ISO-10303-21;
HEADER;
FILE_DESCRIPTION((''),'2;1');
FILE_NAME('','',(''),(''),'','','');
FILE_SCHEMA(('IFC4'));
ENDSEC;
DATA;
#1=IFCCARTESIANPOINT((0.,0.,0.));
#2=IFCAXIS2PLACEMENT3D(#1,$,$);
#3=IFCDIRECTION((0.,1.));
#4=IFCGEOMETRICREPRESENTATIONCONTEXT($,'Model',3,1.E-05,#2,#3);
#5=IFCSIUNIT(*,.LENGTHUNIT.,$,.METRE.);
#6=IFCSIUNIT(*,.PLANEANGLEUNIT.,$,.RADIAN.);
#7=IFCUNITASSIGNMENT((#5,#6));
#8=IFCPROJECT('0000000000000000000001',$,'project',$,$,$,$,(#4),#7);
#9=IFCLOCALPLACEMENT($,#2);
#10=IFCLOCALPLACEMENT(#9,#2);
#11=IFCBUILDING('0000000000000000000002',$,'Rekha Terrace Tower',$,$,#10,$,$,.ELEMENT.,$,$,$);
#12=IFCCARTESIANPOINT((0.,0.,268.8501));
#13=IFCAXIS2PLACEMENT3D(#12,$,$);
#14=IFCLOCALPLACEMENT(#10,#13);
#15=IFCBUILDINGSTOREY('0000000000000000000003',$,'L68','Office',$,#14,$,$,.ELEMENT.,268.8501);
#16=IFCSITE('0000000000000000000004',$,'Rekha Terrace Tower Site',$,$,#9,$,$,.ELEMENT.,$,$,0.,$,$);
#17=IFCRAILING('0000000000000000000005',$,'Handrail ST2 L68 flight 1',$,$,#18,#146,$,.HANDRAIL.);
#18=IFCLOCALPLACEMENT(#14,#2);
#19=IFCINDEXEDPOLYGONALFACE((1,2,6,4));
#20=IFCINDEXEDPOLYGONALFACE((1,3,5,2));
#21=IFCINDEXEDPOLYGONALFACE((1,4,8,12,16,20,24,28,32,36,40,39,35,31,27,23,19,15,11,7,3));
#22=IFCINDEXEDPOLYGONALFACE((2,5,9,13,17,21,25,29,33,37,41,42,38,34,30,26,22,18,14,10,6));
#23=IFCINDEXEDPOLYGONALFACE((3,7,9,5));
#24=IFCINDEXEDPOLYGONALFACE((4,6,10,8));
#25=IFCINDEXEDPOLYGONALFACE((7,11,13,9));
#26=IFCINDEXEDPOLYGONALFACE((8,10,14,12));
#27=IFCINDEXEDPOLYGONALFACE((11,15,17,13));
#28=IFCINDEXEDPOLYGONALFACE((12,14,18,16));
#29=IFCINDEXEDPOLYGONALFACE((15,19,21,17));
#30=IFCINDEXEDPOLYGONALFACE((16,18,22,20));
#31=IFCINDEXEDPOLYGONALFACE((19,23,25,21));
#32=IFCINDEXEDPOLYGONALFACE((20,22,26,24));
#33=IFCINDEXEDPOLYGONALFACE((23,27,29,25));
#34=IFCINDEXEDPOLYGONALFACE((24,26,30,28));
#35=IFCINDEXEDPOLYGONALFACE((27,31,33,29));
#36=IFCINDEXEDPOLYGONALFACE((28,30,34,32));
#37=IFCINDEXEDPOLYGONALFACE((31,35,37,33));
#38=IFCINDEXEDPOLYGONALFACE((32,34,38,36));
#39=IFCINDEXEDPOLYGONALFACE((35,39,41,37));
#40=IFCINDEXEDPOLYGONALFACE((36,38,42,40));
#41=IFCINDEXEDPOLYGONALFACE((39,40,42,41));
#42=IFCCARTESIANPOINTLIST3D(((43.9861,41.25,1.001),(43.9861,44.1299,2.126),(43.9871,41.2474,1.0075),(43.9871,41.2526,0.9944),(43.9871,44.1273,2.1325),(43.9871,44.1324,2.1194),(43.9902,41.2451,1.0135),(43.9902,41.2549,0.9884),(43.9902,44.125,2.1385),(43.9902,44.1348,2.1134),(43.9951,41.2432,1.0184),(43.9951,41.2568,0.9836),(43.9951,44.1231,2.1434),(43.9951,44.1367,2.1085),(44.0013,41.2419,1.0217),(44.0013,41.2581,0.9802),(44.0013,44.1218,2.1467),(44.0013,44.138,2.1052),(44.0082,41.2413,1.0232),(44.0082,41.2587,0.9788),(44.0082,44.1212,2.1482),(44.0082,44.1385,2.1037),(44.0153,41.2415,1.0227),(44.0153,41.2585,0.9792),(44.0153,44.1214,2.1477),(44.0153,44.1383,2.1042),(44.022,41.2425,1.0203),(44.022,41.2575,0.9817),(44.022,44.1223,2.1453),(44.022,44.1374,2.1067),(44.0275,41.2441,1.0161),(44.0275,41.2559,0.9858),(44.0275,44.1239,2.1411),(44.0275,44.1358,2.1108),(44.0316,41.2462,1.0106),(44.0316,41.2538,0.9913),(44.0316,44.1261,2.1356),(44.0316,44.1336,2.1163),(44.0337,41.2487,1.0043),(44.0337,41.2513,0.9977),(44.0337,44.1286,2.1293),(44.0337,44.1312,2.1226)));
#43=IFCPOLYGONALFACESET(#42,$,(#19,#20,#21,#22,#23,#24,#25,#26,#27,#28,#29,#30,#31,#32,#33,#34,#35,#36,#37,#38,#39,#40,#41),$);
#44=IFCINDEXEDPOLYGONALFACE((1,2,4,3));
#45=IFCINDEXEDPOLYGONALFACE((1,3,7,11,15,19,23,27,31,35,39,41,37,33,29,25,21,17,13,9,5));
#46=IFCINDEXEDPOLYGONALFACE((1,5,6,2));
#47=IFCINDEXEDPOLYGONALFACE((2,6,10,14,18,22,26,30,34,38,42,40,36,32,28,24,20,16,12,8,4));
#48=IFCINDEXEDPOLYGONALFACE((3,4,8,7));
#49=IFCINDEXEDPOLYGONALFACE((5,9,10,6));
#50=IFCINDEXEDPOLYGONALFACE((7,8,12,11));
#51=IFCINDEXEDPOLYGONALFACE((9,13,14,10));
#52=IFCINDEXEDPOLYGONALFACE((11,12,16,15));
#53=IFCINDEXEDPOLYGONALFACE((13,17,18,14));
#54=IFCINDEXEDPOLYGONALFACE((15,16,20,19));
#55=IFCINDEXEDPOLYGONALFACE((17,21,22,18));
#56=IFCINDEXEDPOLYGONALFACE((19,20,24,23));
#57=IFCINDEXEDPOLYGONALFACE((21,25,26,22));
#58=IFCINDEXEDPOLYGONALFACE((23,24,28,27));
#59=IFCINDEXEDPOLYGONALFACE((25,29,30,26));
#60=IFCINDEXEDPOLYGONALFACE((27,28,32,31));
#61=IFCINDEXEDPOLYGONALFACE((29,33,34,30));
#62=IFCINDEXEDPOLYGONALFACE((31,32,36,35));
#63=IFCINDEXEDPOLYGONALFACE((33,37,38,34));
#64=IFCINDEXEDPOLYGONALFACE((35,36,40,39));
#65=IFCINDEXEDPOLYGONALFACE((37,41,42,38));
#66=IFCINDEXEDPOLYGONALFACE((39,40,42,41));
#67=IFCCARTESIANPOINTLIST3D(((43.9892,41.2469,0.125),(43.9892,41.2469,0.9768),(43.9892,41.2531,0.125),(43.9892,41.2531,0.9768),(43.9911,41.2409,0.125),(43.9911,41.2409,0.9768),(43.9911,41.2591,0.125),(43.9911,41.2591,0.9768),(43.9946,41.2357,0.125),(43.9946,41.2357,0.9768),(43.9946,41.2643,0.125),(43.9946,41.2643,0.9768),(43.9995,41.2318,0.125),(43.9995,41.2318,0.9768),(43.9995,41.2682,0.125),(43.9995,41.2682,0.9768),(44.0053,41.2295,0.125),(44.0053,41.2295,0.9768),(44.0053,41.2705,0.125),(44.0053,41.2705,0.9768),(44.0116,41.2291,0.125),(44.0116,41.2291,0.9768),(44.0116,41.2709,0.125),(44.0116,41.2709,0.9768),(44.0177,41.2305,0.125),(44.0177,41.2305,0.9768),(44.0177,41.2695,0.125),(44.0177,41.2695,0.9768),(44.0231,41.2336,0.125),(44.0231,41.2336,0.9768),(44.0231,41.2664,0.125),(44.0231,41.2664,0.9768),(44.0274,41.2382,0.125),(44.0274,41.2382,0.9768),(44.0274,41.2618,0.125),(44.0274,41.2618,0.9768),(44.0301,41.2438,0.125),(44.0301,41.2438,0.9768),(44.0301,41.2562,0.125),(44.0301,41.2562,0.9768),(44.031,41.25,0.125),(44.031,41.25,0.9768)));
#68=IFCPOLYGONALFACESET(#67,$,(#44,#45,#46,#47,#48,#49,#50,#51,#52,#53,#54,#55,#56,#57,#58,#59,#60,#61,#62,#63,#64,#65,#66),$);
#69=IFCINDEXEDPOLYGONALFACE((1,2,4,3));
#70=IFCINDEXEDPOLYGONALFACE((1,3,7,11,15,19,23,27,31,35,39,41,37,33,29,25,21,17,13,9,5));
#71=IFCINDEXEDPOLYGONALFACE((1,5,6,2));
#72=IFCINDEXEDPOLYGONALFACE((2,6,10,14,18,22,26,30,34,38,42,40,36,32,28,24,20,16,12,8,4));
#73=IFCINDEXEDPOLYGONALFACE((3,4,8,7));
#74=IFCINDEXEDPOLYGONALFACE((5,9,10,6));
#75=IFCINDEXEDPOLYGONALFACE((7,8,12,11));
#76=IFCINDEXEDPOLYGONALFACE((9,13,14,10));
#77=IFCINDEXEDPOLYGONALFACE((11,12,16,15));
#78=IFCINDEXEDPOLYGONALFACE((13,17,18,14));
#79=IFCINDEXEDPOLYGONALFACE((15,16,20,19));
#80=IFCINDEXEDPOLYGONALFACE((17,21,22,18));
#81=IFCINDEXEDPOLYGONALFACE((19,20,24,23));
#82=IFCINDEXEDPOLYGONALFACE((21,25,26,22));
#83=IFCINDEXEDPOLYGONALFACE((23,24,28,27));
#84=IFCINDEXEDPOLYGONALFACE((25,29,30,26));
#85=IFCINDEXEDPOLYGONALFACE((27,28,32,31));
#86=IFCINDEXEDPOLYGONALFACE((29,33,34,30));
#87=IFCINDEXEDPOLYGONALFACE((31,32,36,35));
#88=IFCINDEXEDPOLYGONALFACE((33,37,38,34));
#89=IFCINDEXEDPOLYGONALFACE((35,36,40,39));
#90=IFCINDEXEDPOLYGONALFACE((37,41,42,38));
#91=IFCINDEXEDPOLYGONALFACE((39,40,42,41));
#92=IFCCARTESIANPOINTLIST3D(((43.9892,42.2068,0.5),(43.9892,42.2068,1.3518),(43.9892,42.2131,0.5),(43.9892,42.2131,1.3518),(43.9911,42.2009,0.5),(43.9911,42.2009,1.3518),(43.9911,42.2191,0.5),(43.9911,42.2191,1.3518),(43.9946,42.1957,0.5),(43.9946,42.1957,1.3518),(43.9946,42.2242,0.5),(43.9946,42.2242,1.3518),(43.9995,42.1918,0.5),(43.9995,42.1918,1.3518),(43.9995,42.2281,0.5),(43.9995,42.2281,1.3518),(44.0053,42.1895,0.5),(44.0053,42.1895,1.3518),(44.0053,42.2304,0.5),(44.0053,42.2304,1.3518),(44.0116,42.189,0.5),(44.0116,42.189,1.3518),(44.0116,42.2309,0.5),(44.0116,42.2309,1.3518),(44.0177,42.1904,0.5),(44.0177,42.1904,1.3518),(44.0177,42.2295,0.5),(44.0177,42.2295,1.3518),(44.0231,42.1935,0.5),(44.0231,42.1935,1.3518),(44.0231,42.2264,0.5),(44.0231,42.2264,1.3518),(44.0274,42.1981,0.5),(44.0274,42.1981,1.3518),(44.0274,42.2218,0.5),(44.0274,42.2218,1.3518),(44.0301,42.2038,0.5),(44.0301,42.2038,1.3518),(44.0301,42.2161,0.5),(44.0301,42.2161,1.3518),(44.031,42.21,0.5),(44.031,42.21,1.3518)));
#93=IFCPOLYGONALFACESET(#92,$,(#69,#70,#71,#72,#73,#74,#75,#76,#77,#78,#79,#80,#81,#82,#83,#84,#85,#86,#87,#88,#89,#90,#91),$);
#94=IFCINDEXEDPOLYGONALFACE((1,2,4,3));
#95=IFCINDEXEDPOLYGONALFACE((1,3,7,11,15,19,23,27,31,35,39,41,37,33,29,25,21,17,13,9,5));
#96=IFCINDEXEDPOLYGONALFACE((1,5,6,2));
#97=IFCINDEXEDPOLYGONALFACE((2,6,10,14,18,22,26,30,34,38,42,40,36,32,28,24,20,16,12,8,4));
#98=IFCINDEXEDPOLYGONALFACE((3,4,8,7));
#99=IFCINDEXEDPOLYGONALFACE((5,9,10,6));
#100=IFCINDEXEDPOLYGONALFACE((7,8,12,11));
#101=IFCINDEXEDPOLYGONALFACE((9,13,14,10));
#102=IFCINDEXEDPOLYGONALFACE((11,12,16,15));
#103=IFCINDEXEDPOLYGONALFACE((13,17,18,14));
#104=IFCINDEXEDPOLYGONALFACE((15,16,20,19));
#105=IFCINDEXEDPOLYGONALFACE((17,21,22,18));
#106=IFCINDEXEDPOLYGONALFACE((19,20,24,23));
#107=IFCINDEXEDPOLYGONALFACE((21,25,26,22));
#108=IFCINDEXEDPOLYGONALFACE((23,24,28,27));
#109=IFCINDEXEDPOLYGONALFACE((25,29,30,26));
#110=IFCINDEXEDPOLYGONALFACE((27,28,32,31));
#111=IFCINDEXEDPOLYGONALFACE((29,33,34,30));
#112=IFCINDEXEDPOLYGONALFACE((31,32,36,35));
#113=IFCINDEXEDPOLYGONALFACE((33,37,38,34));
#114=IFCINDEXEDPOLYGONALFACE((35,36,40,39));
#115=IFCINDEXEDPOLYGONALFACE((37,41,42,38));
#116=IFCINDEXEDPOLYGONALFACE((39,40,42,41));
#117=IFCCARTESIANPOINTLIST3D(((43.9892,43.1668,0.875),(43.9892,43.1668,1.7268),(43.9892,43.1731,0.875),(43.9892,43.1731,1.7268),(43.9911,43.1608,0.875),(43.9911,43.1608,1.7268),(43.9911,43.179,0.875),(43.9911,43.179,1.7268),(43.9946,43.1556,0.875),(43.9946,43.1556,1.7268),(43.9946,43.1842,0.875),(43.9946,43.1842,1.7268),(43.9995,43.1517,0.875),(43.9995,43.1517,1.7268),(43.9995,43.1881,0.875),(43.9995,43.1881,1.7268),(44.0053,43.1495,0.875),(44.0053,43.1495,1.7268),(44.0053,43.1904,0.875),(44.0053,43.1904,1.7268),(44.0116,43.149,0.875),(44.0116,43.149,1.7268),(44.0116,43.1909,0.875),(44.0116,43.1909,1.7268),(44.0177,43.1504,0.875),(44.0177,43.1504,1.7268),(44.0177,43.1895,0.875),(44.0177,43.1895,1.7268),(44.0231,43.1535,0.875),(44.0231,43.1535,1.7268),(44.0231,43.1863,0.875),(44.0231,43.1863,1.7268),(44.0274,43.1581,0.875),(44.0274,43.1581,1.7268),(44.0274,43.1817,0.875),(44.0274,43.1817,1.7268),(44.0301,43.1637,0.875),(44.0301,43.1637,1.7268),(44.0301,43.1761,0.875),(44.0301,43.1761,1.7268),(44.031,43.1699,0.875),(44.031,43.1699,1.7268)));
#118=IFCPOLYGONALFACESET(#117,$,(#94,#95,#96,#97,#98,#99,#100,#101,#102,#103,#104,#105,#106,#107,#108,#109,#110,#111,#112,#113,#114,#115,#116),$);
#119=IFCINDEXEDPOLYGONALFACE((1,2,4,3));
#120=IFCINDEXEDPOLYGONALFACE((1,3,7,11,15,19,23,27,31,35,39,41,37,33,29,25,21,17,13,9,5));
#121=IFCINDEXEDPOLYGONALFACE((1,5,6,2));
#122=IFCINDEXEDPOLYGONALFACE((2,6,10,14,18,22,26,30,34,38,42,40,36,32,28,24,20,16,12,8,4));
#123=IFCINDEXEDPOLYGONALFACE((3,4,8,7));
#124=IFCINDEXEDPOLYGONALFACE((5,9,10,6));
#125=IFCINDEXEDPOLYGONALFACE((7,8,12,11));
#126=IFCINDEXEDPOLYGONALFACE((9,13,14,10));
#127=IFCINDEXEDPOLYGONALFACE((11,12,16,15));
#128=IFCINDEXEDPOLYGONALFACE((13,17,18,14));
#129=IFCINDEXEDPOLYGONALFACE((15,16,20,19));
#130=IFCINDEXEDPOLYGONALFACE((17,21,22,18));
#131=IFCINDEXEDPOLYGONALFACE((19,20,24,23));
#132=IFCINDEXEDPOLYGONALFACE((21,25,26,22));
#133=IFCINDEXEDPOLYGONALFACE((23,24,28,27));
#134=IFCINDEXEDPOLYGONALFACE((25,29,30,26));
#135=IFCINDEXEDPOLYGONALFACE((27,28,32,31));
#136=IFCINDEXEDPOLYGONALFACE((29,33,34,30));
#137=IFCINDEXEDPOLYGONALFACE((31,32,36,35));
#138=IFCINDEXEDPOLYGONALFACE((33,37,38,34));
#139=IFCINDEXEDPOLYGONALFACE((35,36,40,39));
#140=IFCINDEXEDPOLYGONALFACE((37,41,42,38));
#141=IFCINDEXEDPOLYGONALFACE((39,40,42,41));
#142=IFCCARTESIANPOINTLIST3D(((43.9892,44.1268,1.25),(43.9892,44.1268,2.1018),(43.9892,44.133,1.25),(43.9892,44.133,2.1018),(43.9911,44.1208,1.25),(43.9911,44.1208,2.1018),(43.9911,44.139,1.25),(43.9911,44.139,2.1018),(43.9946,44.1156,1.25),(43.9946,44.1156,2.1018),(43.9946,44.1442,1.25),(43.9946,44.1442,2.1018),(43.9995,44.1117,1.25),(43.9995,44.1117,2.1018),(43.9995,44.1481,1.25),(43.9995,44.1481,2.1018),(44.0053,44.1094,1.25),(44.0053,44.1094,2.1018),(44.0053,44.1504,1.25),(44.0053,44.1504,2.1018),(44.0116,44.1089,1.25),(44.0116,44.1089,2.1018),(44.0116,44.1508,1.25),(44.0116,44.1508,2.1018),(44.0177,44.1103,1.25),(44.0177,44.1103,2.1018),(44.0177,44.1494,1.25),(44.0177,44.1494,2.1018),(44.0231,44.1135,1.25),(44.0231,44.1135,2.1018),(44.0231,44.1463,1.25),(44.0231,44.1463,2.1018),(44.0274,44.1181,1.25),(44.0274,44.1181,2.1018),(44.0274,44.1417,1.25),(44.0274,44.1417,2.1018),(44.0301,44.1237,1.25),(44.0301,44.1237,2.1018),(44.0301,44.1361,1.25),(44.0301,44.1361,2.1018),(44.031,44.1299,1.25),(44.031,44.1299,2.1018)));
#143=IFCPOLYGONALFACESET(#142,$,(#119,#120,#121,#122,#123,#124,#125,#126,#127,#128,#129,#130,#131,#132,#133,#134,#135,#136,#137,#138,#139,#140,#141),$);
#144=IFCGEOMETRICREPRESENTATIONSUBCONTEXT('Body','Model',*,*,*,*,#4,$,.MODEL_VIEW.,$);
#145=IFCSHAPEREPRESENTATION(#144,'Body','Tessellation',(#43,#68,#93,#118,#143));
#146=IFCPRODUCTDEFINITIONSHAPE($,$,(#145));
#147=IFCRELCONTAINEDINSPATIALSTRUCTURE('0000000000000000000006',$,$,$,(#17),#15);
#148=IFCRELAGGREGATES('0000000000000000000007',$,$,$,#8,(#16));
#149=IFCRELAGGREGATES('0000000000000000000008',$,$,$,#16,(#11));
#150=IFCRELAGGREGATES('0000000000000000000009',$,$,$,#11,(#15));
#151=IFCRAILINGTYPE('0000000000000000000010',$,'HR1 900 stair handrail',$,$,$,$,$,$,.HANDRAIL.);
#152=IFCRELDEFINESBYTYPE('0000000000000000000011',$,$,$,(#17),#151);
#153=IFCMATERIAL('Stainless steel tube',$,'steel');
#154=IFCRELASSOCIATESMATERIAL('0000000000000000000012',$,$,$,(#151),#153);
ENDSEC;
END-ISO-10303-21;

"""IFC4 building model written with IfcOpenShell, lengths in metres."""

from ifc_helpers import new_model, si_unit, direction, frame, origin, origin_2d, place, context, subcontext, project, spatial, circle, extrude, material, type_object, element, save


model = new_model("IFC4")

# Units and contexts
model_context = context("Model", 3, precision=1e-05, world=origin(), true_north=direction((0.0, 1.0)))
body_context = subcontext(model_context, "Body", "Model", "MODEL_VIEW")
ifc_project = project(units=[si_unit("LENGTHUNIT", "METRE"), si_unit("PLANEANGLEUNIT", "RADIAN")], contexts=[model_context])

# Site, building, storey
site_placement = place(None, origin())
site = spatial("IfcSite", under=ifc_project, at=site_placement, Name="Rekha Terrace Tower Site", CompositionType="ELEMENT", RefElevation=0.0)
building_placement = place(site_placement, origin())
building = spatial("IfcBuilding", under=site, at=building_placement, Name="Rekha Terrace Tower", CompositionType="ELEMENT")
storey_placement = place(building_placement, frame((0.0, 0.0, 268.8501)))
storey = spatial("IfcBuildingStorey", under=building, at=storey_placement, Name="L68", Description="Office", CompositionType="ELEMENT", Elevation=268.8501)

# Railing
ifc_material_1 = material(Name="Stainless steel tube", Category="steel")
railing_type_1 = type_object("IfcRailingType", Name="HR1 900 stair handrail", PredefinedType="HANDRAIL", material=ifc_material_1)
for number, where, name in (
    (1, (44.01, 41.25, 0.125), "Handrail ST2 L68 flight 1"),
):
    element("IfcRailing", number, at=place(storey_placement, frame(where)), inside=storey, type_object=railing_type_1, Name=name, PredefinedType="HANDRAIL", context=body_context, shape_type="SweptSolid", body=[
        extrude(circle(Radius=0.0239, at=origin_2d()), frame((0.0, 0.0, 0.876), z_axis=(0.0, 0.931452, 0.363863), x_axis=(-1.0, 0.0, 0.0)), (0.0, 0.0, 1.0), 3.0918),
        extrude(circle(Radius=0.021, at=origin_2d()), origin(), (0.0, 0.0, 1.0), 0.8518),
        extrude(circle(Radius=0.021, at=origin_2d()), frame((0.0, 0.96, 0.375)), (0.0, 0.0, 1.0), 0.8518),
        extrude(circle(Radius=0.021, at=origin_2d()), frame((0.0, 1.9199, 0.75)), (0.0, 0.0, 1.0), 0.8518),
        extrude(circle(Radius=0.021, at=origin_2d()), frame((0.0, 2.8799, 1.125)), (0.0, 0.0, 1.0), 0.8518),
    ])

save(model, "model.ifc")
